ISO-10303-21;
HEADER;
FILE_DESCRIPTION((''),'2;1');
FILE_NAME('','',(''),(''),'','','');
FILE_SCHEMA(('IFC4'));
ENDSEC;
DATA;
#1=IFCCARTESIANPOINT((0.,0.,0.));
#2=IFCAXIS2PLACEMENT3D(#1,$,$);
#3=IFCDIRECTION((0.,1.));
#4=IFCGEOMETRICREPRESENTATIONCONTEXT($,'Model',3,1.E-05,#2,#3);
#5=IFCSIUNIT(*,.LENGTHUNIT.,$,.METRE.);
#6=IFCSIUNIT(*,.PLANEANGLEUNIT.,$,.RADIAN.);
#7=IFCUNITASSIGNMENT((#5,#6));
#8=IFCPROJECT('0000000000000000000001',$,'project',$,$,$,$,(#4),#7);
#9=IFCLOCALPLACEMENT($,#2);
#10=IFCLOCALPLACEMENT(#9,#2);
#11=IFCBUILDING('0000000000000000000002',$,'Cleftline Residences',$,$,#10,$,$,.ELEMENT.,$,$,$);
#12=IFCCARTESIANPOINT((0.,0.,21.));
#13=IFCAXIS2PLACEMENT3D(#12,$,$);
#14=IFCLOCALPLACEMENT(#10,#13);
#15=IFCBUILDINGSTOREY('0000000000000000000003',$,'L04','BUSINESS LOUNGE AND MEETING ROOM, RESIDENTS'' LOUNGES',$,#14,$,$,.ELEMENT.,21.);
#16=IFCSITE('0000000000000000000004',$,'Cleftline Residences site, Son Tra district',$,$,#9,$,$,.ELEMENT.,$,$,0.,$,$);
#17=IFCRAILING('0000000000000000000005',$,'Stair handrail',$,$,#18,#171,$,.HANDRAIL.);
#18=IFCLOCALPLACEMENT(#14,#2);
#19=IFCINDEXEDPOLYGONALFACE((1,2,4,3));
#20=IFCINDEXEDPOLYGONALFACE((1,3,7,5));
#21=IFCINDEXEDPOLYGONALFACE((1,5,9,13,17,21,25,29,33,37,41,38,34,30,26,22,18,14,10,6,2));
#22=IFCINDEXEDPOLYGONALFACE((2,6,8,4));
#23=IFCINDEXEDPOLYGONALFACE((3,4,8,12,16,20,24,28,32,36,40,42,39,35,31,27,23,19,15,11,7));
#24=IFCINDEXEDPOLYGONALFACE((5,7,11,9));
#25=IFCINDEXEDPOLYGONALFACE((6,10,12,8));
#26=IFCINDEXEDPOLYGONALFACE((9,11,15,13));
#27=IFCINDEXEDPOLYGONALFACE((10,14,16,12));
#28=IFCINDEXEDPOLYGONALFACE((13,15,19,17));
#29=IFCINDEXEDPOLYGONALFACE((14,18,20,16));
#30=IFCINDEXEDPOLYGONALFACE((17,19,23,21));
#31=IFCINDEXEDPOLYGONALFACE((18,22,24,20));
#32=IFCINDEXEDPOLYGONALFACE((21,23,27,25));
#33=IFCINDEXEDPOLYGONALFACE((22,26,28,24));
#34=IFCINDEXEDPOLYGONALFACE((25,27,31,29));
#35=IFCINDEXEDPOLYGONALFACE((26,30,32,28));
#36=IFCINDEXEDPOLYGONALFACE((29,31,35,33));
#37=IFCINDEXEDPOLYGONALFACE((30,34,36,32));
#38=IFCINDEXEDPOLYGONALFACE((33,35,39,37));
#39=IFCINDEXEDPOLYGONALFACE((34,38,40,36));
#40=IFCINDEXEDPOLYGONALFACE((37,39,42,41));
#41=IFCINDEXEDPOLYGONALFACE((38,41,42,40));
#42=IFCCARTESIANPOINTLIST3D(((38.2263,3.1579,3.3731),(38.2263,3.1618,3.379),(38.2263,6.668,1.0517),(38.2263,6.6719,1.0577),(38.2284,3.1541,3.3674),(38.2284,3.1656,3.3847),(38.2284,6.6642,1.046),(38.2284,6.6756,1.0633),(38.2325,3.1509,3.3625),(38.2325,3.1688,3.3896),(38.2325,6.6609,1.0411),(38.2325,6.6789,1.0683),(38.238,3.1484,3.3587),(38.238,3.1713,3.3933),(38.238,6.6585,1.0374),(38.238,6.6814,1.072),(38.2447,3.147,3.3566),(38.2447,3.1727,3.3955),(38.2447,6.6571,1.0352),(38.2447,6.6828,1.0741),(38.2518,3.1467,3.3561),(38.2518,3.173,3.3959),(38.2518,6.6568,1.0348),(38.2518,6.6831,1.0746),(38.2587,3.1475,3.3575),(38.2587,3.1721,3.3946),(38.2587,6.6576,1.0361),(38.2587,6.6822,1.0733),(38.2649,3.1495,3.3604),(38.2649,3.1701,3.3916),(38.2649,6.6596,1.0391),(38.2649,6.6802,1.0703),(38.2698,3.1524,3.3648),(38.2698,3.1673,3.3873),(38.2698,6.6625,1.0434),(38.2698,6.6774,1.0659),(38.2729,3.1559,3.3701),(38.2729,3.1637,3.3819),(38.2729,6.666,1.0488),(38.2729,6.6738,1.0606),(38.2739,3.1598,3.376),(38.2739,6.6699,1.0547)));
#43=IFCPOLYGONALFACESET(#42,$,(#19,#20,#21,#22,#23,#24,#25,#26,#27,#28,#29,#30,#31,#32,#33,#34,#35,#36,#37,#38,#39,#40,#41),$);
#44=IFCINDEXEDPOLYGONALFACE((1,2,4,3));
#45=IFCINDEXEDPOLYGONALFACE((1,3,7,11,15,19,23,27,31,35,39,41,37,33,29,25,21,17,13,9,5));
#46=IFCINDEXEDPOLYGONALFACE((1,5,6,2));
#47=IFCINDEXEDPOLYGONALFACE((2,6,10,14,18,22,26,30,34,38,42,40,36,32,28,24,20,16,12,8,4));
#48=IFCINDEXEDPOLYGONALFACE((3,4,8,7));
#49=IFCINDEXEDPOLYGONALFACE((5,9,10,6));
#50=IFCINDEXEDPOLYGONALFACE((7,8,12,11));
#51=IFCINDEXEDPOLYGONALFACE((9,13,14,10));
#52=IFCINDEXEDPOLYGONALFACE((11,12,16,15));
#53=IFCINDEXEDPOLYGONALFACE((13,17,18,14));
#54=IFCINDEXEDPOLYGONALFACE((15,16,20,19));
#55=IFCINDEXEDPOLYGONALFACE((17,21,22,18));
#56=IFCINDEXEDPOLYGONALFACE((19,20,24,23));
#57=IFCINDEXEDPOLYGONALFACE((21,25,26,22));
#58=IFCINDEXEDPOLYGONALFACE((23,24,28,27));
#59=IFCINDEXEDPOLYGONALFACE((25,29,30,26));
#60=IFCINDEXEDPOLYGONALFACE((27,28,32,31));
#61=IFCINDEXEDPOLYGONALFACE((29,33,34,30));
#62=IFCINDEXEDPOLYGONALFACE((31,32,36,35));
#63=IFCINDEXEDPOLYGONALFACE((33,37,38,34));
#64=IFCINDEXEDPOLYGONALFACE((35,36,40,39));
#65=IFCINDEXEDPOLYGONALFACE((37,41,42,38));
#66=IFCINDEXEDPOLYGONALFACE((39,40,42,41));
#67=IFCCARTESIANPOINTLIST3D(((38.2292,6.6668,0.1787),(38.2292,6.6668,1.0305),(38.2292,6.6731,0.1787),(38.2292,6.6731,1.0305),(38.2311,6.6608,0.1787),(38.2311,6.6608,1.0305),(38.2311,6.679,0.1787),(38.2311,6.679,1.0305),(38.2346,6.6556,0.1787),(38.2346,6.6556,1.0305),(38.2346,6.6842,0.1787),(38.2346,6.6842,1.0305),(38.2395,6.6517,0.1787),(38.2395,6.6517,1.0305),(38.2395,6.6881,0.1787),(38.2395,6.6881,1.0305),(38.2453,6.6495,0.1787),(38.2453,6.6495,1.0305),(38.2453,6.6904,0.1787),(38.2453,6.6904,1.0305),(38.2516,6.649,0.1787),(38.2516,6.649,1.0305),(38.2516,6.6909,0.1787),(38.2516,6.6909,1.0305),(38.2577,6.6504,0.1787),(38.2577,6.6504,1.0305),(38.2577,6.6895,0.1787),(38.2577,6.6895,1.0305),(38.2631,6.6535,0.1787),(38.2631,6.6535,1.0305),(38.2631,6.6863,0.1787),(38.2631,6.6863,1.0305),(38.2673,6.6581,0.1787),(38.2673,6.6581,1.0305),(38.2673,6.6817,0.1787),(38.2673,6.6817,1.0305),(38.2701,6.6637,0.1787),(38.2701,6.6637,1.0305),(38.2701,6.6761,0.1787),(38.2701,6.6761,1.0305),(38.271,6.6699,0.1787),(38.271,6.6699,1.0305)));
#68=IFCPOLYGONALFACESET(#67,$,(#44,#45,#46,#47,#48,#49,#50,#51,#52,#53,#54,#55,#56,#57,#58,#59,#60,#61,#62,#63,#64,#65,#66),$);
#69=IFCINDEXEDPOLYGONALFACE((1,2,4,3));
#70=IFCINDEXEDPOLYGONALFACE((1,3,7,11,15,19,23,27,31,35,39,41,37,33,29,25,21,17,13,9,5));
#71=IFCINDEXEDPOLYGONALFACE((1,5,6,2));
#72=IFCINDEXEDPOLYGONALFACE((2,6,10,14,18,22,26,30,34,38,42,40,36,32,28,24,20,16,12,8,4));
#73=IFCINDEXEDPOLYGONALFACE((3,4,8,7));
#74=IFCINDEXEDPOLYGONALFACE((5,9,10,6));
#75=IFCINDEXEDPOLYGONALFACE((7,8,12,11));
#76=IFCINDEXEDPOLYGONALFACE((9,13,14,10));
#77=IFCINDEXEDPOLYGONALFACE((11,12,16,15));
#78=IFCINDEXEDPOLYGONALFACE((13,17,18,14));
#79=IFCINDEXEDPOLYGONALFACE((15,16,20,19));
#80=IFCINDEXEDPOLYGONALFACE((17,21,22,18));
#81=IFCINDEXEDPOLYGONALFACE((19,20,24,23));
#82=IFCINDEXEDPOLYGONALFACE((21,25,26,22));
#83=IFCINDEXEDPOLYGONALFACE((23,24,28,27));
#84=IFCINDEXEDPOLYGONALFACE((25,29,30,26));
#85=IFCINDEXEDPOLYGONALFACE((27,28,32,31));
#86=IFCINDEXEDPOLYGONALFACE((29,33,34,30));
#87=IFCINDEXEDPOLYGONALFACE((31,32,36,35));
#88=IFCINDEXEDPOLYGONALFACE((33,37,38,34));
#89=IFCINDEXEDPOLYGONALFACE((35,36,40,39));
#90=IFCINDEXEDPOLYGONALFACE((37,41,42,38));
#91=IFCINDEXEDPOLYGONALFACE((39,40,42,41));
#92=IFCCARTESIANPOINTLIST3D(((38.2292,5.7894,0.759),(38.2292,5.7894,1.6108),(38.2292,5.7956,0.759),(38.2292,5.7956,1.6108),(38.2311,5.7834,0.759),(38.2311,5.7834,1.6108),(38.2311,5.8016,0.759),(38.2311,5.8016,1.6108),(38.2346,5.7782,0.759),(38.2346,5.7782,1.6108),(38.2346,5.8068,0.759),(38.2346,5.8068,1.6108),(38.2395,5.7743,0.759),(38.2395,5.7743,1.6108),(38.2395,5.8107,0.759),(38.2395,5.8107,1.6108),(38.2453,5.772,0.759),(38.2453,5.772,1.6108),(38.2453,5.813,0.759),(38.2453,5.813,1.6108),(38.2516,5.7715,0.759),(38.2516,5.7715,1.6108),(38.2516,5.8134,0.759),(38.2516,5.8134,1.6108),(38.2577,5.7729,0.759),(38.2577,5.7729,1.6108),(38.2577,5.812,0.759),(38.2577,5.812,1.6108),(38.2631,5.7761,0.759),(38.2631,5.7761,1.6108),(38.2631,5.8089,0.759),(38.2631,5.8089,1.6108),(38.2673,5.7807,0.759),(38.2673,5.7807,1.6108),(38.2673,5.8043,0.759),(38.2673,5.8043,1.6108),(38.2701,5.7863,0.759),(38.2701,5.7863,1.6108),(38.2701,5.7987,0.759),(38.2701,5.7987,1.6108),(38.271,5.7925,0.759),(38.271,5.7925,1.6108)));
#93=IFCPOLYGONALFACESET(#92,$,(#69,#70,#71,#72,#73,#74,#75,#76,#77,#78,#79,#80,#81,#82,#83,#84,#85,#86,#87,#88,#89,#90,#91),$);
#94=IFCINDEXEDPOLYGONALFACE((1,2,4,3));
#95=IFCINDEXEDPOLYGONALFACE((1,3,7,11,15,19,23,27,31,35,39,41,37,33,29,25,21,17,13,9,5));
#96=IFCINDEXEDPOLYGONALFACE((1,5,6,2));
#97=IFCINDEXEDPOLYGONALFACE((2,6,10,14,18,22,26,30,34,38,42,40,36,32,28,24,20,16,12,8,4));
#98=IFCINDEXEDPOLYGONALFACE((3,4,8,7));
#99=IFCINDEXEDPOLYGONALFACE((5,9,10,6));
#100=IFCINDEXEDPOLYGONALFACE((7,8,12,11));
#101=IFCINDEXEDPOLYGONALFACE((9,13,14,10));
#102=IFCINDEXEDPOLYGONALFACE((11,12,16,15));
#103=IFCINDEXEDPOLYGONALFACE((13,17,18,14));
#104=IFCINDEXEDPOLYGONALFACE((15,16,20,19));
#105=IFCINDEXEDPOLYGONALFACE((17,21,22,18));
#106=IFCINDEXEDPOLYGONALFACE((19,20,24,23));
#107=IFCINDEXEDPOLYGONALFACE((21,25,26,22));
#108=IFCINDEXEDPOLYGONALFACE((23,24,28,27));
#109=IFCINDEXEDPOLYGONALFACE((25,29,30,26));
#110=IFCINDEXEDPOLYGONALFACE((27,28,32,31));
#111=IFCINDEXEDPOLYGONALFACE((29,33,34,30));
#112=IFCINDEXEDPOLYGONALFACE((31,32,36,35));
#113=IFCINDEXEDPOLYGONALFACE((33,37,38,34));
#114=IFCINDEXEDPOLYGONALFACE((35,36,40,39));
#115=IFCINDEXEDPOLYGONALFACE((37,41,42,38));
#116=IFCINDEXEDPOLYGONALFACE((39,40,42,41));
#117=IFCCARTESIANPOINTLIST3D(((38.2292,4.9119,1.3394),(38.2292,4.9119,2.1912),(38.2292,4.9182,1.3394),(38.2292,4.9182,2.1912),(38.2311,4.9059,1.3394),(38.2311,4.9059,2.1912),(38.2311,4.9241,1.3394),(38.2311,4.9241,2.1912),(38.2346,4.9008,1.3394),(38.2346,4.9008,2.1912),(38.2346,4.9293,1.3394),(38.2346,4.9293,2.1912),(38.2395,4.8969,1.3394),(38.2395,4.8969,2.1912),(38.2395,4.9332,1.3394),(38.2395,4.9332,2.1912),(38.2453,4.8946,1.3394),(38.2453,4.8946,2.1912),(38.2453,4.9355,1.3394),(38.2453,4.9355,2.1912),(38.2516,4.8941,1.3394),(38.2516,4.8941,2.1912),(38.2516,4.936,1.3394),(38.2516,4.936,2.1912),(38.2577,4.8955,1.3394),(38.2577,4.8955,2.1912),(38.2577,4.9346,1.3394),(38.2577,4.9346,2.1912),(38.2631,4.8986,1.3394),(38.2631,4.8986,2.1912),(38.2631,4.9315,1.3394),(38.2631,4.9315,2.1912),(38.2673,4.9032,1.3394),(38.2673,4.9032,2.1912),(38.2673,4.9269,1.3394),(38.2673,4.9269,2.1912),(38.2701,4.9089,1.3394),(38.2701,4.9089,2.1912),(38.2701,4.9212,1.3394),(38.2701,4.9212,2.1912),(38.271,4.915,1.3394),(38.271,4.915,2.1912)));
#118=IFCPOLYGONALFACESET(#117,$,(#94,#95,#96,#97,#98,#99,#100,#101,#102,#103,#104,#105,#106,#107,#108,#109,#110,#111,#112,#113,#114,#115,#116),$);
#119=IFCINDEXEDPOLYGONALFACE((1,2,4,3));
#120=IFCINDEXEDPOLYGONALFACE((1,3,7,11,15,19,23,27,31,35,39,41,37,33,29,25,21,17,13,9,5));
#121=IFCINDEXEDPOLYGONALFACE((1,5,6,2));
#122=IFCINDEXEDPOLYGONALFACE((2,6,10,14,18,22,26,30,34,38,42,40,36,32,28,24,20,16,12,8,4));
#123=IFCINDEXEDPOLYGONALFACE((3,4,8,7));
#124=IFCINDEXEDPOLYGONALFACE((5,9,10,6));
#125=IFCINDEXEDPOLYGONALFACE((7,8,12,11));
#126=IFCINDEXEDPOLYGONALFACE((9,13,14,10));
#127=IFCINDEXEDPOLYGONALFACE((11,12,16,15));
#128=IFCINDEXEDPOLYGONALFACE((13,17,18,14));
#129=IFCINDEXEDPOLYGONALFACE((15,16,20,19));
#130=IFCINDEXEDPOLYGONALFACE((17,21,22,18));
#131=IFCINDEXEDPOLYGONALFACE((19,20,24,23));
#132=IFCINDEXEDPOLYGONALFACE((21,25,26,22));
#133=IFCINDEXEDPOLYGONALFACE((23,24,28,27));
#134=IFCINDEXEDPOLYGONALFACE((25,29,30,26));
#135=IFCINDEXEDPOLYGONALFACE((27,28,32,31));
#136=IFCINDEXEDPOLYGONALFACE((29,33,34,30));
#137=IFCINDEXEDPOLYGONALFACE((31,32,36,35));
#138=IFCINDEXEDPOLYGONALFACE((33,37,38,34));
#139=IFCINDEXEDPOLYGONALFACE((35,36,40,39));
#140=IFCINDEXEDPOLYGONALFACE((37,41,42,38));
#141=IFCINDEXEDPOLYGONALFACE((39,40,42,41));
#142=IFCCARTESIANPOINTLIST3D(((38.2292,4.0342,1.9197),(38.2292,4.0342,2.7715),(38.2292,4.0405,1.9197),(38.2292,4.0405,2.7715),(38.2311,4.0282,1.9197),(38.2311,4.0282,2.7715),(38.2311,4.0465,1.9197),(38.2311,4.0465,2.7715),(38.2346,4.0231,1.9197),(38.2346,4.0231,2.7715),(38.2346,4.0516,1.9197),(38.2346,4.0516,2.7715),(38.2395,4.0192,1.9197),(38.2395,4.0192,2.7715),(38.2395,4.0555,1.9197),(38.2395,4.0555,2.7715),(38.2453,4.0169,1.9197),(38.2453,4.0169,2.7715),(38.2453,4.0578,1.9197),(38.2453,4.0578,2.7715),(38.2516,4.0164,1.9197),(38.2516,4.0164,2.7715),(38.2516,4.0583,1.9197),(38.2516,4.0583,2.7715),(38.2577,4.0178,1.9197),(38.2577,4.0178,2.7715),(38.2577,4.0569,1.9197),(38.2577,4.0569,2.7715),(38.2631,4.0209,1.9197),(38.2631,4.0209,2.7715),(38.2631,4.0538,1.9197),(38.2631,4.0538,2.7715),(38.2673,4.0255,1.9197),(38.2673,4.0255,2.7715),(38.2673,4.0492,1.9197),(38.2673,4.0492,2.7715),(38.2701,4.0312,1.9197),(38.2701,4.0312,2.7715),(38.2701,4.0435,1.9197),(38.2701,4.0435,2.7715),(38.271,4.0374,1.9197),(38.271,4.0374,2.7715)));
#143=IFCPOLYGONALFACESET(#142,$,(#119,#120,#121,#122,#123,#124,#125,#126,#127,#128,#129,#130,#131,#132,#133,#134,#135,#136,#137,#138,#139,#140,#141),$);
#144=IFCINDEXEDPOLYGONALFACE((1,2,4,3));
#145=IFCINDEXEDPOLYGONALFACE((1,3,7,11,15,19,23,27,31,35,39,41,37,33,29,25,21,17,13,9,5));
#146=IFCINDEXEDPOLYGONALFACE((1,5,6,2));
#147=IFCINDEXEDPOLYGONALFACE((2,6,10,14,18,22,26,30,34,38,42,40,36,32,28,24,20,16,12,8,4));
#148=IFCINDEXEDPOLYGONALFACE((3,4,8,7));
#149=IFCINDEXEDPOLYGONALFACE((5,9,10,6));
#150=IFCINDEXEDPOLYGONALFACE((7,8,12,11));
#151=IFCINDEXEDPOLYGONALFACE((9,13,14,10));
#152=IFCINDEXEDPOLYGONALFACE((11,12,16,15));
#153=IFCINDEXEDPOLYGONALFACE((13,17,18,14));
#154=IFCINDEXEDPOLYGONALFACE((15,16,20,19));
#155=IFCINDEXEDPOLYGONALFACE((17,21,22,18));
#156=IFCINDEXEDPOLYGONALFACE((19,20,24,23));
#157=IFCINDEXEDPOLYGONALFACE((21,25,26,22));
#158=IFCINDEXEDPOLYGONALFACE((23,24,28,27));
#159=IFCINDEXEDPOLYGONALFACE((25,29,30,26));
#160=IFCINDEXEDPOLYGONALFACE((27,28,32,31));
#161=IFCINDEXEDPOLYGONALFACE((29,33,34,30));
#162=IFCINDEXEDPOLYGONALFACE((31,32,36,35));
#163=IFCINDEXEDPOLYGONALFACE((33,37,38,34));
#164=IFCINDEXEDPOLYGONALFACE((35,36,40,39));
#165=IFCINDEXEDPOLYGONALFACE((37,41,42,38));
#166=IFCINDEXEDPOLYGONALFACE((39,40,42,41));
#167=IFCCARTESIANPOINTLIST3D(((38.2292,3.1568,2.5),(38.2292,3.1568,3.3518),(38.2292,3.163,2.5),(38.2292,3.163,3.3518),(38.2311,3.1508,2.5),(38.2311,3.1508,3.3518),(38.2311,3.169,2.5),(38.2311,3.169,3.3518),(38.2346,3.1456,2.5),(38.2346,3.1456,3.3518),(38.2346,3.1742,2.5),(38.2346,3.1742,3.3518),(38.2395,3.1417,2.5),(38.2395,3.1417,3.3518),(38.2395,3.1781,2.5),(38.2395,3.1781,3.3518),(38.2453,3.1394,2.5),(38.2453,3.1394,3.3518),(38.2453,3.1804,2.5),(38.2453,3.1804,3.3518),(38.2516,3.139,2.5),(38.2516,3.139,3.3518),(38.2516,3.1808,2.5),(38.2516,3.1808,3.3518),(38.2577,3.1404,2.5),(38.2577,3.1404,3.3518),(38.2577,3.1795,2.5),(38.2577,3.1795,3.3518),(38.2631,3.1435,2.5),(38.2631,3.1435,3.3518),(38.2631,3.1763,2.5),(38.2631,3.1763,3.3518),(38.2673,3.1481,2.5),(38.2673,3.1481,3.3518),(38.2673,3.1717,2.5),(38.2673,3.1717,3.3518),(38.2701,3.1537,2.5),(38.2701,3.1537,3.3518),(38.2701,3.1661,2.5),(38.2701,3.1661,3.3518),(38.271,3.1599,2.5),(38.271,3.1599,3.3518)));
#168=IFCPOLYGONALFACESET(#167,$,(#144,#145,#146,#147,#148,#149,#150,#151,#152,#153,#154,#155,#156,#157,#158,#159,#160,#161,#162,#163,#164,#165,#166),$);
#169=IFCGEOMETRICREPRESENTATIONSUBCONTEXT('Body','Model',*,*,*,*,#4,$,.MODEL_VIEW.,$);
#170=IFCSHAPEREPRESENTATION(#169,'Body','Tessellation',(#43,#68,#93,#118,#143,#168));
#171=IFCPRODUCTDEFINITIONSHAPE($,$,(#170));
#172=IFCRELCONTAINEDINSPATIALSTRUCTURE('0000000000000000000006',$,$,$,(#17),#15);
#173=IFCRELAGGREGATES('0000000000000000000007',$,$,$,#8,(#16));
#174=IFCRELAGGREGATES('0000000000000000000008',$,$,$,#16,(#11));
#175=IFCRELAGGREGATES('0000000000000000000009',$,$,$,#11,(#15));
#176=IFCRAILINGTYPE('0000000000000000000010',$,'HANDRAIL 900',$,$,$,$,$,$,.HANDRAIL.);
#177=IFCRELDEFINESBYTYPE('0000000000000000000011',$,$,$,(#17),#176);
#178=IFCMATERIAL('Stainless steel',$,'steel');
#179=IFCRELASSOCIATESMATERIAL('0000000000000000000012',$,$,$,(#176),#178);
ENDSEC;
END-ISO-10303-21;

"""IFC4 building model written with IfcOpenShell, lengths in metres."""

from ifc_helpers import new_model, si_unit, direction, frame, origin, origin_2d, place, context, subcontext, project, spatial, circle, extrude, material, type_object, element, save


model = new_model("IFC4")

# Units and contexts
model_context = context("Model", 3, precision=1e-05, world=origin(), true_north=direction((0.0, 1.0)))
body_context = subcontext(model_context, "Body", "Model", "MODEL_VIEW")
ifc_project = project(units=[si_unit("LENGTHUNIT", "METRE"), si_unit("PLANEANGLEUNIT", "RADIAN")], contexts=[model_context])

# Site, building, storey
site_placement = place(None, origin())
site = spatial("IfcSite", under=ifc_project, at=site_placement, Name="Cleftline Residences site, Son Tra district", CompositionType="ELEMENT", RefElevation=0.0)
building_placement = place(site_placement, origin())
building = spatial("IfcBuilding", under=site, at=building_placement, Name="Cleftline Residences", CompositionType="ELEMENT")
storey_placement = place(building_placement, frame((0.0, 0.0, 21.0)))
storey = spatial("IfcBuildingStorey", under=building, at=storey_placement, Name="L04", Description="BUSINESS LOUNGE AND MEETING ROOM, RESIDENTS' LOUNGES", CompositionType="ELEMENT", Elevation=21.0)

# Railing
ifc_material_1 = material(Name="Stainless steel", Category="steel")
railing_type = type_object("IfcRailingType", Name="HANDRAIL 900", PredefinedType="HANDRAIL", material=ifc_material_1)
railing_1_placement = place(storey_placement, frame((38.25, 6.6699, 0.1787)))
element("IfcRailing", 1, at=railing_1_placement, inside=storey, type_object=railing_type, Name="Stair handrail", PredefinedType="HANDRAIL", context=body_context, shape_type="SweptSolid", body=[
    extrude(circle(Radius=0.0239, at=origin_2d()), frame((0.0, 0.0, 0.876), z_axis=(0.0, -0.834097, 0.551617), x_axis=(1.0, 0.0, 0.0)), (0.0, 0.0, 1.0), 4.2083),
    extrude(circle(Radius=0.021, at=origin_2d()), origin(), (0.0, 0.0, 1.0), 0.8518),
    extrude(circle(Radius=0.021, at=origin_2d()), frame((0.0, -0.8774, 0.5803)), (0.0, 0.0, 1.0), 0.8518),
    extrude(circle(Radius=0.021, at=origin_2d()), frame((0.0, -1.7549, 1.1606)), (0.0, 0.0, 1.0), 0.8518),
    extrude(circle(Radius=0.021, at=origin_2d()), frame((0.0, -2.6326, 1.741)), (0.0, 0.0, 1.0), 0.8518),
    extrude(circle(Radius=0.021, at=origin_2d()), frame((0.0, -3.51, 2.3213)), (0.0, 0.0, 1.0), 0.8518),
])

save(model, "model.ifc")
